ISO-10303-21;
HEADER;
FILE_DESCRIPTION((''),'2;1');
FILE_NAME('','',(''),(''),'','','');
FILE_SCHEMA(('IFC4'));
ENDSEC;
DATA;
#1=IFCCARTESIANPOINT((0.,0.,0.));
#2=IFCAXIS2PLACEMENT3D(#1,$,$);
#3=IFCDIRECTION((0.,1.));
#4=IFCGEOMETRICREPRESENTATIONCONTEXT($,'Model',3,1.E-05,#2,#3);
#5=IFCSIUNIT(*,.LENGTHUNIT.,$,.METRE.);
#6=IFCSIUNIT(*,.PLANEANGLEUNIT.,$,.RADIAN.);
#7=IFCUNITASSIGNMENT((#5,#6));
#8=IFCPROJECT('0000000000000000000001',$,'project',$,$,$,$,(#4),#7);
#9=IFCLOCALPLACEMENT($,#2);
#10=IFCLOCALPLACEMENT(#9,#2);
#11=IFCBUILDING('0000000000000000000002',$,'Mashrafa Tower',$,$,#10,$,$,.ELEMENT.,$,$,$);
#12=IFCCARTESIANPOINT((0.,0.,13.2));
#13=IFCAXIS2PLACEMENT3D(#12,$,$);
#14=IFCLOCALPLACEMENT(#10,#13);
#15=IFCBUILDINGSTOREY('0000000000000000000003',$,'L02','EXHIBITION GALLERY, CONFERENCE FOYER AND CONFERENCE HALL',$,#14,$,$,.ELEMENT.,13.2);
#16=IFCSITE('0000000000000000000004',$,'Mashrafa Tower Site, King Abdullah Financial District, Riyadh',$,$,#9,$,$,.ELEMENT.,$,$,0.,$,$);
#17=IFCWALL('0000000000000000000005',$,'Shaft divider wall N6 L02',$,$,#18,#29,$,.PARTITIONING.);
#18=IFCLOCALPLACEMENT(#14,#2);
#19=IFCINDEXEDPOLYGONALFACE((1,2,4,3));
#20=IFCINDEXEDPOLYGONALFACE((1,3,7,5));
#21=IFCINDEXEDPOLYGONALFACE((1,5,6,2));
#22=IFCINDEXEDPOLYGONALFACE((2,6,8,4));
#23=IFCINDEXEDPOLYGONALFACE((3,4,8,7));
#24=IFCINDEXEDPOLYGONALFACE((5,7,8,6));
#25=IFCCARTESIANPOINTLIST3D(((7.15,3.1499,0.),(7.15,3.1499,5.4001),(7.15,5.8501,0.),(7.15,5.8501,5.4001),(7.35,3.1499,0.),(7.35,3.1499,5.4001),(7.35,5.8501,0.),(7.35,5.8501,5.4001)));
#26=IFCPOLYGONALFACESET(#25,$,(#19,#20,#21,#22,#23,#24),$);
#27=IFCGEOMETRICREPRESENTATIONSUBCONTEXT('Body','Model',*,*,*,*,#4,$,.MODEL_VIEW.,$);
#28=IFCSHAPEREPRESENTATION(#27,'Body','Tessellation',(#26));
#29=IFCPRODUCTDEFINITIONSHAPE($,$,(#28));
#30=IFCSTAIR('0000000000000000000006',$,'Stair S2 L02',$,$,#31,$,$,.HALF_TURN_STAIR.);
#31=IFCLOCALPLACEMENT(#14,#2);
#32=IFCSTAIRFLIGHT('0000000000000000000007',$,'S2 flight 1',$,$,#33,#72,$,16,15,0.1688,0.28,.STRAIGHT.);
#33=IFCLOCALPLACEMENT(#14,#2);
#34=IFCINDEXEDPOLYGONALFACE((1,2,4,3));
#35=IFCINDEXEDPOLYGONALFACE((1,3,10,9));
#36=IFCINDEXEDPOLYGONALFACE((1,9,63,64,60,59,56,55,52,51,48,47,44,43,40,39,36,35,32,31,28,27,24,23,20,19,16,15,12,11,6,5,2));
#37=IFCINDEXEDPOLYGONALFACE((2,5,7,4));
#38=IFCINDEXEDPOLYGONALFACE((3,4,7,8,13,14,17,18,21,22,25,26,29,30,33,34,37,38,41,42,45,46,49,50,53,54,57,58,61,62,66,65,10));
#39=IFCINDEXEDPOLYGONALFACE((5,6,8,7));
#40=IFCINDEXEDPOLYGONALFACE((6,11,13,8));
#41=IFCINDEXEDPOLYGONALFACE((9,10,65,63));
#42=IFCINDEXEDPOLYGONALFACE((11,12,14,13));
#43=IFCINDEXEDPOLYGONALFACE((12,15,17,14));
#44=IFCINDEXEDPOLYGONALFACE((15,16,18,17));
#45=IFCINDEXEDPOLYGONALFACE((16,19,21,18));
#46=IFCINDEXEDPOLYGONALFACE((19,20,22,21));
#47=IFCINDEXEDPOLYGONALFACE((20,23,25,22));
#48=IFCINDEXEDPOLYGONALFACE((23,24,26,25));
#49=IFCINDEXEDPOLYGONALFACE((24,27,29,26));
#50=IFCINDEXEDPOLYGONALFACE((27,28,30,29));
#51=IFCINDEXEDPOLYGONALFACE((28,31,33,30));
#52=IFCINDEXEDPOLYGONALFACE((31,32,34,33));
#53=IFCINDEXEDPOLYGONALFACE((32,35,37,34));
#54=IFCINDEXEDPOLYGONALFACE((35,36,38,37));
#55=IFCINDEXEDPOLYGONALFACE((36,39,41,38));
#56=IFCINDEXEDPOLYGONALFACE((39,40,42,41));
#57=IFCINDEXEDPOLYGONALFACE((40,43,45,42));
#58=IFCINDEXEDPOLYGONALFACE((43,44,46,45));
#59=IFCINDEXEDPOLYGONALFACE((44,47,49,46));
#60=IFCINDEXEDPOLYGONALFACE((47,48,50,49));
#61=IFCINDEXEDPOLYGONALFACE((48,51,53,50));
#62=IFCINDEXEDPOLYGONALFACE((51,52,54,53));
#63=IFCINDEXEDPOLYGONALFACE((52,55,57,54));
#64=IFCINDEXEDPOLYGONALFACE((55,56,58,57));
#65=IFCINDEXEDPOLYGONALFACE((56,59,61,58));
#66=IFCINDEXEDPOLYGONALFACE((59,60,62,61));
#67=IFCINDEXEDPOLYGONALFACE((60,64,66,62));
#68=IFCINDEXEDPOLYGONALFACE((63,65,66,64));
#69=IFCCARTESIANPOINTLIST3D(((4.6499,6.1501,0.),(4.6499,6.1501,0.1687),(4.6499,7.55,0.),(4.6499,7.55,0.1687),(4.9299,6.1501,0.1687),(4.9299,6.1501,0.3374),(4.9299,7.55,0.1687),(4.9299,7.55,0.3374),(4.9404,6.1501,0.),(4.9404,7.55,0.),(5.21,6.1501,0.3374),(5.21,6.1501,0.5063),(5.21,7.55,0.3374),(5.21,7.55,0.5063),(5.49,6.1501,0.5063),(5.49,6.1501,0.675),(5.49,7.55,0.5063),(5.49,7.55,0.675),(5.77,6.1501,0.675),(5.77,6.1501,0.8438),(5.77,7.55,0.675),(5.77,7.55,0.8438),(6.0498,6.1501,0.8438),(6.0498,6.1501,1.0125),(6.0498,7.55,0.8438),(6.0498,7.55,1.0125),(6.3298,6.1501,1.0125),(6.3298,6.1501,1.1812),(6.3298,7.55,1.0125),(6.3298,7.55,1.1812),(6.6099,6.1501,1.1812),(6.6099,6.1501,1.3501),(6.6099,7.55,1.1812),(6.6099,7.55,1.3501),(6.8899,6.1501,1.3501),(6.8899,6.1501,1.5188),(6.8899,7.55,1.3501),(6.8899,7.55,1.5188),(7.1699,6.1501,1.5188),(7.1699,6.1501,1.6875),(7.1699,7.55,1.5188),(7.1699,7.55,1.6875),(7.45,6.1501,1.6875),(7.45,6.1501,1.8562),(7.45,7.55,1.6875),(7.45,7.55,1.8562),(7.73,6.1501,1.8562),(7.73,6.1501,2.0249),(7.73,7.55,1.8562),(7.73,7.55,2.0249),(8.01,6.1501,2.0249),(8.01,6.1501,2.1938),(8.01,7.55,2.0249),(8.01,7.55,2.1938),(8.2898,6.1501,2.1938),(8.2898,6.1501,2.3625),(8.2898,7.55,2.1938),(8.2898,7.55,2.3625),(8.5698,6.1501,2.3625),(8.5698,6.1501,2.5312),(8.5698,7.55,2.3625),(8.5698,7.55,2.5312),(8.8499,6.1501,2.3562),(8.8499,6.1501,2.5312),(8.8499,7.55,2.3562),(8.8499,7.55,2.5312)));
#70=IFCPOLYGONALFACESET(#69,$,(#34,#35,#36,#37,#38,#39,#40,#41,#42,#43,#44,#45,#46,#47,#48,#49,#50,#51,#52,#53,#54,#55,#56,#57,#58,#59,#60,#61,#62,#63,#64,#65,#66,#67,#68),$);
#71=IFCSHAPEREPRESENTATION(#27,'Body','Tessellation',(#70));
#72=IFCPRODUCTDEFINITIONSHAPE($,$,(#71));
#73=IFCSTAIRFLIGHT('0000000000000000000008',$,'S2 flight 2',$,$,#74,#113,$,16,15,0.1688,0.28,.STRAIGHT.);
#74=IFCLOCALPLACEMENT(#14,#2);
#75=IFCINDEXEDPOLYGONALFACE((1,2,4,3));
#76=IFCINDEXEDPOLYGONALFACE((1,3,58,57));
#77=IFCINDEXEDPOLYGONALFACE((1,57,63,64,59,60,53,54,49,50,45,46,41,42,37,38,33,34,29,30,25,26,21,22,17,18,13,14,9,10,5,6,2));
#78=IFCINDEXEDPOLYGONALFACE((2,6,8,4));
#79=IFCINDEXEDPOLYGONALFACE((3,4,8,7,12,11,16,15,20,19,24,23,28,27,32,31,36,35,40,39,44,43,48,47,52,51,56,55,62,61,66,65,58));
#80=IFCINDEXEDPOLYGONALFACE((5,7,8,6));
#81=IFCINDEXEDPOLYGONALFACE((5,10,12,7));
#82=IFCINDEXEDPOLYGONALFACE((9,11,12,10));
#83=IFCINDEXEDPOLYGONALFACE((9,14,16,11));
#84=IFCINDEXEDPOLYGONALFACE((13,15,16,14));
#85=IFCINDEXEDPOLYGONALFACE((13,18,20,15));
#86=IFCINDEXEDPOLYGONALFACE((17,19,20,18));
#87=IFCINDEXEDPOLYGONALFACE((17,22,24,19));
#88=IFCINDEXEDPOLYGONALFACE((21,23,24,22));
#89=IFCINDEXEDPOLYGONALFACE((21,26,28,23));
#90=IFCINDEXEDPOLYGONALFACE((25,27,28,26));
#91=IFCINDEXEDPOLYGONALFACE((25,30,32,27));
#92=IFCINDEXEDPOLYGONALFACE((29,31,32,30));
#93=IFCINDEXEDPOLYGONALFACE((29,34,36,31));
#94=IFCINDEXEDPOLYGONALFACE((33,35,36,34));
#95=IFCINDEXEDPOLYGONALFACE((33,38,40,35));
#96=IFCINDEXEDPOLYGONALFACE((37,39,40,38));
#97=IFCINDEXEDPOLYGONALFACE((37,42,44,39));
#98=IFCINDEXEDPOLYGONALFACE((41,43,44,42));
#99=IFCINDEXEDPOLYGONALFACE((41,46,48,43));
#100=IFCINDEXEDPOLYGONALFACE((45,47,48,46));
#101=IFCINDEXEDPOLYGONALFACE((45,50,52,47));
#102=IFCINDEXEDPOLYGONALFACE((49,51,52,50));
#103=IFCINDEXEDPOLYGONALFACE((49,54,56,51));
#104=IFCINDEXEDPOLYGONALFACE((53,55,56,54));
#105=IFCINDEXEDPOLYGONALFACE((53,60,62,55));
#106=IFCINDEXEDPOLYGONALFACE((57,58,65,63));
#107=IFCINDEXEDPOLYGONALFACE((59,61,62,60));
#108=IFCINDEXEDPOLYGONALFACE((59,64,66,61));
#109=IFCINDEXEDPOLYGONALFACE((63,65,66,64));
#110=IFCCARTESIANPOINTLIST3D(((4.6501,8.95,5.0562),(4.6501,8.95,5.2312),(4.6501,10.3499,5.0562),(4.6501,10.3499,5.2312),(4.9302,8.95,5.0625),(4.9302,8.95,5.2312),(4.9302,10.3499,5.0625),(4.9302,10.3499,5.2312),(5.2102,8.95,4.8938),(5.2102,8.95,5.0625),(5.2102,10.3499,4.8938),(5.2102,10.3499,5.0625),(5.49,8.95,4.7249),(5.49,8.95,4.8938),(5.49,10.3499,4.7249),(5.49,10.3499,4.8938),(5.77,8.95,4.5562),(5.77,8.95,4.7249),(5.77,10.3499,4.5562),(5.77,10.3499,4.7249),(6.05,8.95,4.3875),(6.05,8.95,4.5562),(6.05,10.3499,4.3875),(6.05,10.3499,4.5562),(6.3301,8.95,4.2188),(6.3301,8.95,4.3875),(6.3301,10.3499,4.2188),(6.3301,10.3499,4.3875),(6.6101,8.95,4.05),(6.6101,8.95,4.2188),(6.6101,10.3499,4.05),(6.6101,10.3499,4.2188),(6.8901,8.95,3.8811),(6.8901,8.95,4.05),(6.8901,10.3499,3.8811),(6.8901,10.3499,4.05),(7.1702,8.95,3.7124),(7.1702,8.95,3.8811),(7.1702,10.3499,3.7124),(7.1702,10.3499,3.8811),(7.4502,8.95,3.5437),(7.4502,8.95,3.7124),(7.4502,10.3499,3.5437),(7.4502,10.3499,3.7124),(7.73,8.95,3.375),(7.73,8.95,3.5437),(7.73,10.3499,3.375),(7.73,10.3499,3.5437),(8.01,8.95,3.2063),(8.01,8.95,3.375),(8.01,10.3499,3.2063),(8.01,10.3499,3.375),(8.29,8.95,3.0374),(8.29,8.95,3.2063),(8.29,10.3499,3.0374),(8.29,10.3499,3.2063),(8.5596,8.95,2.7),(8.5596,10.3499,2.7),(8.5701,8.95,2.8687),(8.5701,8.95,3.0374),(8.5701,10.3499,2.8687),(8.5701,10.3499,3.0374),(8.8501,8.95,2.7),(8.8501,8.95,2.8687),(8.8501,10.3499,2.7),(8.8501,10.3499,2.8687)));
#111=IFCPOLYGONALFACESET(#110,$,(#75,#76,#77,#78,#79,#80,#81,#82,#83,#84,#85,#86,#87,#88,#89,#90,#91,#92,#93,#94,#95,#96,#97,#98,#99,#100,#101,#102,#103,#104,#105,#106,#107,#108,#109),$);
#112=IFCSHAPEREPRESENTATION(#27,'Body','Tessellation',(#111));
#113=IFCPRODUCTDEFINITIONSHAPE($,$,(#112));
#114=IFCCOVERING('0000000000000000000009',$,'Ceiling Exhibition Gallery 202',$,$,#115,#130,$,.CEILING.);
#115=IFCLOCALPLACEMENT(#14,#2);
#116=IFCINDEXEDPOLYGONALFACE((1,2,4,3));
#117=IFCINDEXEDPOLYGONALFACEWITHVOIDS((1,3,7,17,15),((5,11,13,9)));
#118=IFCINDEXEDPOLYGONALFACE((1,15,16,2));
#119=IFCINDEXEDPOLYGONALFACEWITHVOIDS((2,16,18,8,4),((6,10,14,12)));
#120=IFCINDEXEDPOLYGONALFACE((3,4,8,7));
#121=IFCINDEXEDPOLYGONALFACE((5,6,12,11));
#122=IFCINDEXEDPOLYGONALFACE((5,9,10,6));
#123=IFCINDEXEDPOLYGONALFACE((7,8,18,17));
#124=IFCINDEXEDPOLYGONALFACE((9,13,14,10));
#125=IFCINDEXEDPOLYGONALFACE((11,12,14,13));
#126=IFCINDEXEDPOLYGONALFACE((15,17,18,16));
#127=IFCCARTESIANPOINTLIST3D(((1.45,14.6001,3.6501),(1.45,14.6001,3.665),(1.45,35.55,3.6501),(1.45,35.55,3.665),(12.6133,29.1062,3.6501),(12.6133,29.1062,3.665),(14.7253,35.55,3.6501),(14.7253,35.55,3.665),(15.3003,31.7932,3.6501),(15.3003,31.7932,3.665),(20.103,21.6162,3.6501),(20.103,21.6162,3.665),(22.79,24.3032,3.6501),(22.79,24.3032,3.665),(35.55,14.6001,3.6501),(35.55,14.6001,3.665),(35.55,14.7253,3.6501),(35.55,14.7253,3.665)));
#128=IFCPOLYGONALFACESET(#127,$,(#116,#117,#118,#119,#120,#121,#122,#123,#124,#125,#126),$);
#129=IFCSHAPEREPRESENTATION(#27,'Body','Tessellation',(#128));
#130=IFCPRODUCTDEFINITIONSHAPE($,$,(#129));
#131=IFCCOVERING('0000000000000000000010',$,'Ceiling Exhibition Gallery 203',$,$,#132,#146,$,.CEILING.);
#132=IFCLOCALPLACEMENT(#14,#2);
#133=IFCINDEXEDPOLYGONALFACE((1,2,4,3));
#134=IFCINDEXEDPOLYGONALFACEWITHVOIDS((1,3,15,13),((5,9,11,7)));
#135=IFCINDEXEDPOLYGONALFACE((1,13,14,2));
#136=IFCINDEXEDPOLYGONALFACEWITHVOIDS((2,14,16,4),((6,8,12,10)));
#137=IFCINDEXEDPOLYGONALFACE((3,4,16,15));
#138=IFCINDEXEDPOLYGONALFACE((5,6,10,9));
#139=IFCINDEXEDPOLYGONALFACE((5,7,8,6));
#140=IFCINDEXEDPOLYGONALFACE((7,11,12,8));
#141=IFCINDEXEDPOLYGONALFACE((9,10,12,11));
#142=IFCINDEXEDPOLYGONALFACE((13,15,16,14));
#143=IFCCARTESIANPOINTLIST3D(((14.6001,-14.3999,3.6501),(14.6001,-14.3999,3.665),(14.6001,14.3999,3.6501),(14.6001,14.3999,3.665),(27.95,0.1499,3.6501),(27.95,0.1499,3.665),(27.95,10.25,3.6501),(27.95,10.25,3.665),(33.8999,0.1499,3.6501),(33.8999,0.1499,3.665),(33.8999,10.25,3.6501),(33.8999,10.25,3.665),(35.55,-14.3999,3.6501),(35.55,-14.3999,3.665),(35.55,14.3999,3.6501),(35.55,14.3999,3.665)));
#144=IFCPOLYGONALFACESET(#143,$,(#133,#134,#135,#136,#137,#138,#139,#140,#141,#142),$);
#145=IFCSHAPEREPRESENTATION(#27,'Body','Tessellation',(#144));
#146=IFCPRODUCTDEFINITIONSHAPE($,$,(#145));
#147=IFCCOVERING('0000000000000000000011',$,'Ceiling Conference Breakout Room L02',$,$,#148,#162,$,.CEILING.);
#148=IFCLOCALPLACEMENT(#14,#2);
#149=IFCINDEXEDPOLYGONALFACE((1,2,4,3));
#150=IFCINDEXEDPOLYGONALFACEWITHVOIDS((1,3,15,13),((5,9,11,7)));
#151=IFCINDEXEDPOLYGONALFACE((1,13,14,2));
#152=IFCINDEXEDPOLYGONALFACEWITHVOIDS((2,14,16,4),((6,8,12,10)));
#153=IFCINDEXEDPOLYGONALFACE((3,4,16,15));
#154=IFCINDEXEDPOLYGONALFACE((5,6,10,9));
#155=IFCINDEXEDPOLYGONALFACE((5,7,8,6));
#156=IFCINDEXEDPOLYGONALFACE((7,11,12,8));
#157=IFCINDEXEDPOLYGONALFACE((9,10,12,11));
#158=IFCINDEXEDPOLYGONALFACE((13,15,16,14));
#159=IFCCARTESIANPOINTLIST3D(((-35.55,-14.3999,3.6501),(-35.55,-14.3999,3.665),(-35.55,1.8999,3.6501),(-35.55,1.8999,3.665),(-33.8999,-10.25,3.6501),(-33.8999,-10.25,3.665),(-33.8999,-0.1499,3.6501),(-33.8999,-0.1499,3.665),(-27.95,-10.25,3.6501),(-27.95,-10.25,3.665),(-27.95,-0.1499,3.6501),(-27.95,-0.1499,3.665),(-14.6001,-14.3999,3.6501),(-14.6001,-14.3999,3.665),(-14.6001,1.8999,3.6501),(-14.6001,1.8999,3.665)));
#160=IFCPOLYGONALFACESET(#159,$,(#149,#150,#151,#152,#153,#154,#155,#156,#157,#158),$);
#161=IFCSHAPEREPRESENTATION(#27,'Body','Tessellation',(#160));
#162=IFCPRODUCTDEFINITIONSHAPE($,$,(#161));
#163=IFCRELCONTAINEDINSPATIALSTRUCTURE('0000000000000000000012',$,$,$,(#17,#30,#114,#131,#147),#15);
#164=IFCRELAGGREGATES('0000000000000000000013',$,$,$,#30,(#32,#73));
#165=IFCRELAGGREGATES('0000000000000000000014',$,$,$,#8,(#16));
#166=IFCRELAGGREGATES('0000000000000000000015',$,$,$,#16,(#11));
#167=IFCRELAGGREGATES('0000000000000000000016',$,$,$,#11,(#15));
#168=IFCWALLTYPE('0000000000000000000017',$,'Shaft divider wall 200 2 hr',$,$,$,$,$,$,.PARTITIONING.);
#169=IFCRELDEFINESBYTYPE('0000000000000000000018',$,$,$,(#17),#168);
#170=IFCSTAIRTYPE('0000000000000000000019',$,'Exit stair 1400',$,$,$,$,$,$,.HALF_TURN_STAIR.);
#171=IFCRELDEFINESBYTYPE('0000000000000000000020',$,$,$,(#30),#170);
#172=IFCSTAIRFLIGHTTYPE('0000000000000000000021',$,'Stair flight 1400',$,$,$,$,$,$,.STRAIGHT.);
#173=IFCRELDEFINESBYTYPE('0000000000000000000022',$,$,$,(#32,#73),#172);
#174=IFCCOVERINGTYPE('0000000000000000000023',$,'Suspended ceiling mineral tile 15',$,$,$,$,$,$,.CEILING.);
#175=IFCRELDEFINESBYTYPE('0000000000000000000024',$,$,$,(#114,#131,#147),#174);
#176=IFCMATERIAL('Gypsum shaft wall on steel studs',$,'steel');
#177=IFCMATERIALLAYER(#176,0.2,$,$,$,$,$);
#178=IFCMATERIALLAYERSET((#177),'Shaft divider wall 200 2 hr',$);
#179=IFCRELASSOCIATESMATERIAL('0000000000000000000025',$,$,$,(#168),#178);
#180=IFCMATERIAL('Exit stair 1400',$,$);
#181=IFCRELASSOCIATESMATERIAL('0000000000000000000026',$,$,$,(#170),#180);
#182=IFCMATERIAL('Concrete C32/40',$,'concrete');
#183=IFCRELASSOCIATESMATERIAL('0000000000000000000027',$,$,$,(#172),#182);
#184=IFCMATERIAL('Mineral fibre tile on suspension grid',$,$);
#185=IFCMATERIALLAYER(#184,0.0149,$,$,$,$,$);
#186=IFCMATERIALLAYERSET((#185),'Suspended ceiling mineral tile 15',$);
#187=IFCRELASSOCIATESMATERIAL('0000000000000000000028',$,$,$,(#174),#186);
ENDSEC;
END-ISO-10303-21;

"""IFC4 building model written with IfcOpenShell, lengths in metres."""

from ifc_helpers import new_model, si_unit, direction, frame, frame_2d, origin, place, context, subcontext, project, spatial, polyline, rectangle, outline, extrude, material, layer, layer_set, type_object, element, aggregate, save


model = new_model("IFC4")

# Units and contexts
model_context = context("Model", 3, precision=1e-05, world=origin(), true_north=direction((0.0, 1.0)))
body_context = subcontext(model_context, "Body", "Model", "MODEL_VIEW")
ifc_project = project(units=[si_unit("LENGTHUNIT", "METRE"), si_unit("PLANEANGLEUNIT", "RADIAN")], contexts=[model_context])

# Site, building, storey
site_placement = place(None, origin())
site = spatial("IfcSite", under=ifc_project, at=site_placement, Name="Mashrafa Tower Site, King Abdullah Financial District, Riyadh", CompositionType="ELEMENT", RefElevation=0.0)
building_placement = place(site_placement, origin())
building = spatial("IfcBuilding", under=site, at=building_placement, Name="Mashrafa Tower", CompositionType="ELEMENT")
storey_placement = place(building_placement, frame((0.0, 0.0, 13.2)))
storey = spatial("IfcBuildingStorey", under=building, at=storey_placement, Name="L02", Description="EXHIBITION GALLERY, CONFERENCE FOYER AND CONFERENCE HALL", CompositionType="ELEMENT", Elevation=13.2)

# Wall
ifc_material_1 = material(Name="Gypsum shaft wall on steel studs", Category="steel")
ifc_layer_1 = layer(ifc_material_1, 0.2)
ifc_layer_set_1 = layer_set([ifc_layer_1], Name="Shaft divider wall 200 2 hr")
wall_type_1 = type_object("IfcWallType", Name="Shaft divider wall 200 2 hr", PredefinedType="PARTITIONING", material=ifc_layer_set_1)
for number, where, z_axis, x_axis, name in (
    (1, (7.25, 3.1499, 0.0), (0.0, 0.0, 1.0), (0.0, 1.0, 0.0), "Shaft divider wall N6 L02"),
):
    element("IfcWall", number, at=place(storey_placement, frame(where, z_axis=z_axis, x_axis=x_axis)), inside=storey, type_object=wall_type_1, Name=name, PredefinedType="PARTITIONING", context=body_context, shape_type="SweptSolid", body=[
        extrude(rectangle(XDim=2.7002, YDim=0.2, at=frame_2d((1.3501, 0.0))), origin(), (0.0, 0.0, 1.0), 5.4001),
    ])

# Stair, stair flights
ifc_material_2 = material(Name="Exit stair 1400")
stair_type = type_object("IfcStairType", Name="Exit stair 1400", PredefinedType="HALF_TURN_STAIR", material=ifc_material_2)
stair_placement = place(storey_placement, origin())
stair = element("IfcStair", 2, at=stair_placement, inside=storey, type_object=stair_type, Name="Stair S2 L02", PredefinedType="HALF_TURN_STAIR")
ifc_material_3 = material(Name="Concrete C32/40", Category="concrete")
stair_flight_type = type_object("IfcStairFlightType", Name="Stair flight 1400", PredefinedType="STRAIGHT", material=ifc_material_3)
stair_flight_1_placement = place(storey_placement, frame((4.6499, 6.8501, 0.0), z_axis=(0.0, 0.0, 1.0), x_axis=(1.0, 0.0, 0.0)))
stair_flight_1 = element("IfcStairFlight", 3, at=stair_flight_1_placement, type_object=stair_flight_type, Name="S2 flight 1", NumberOfRisers=16, NumberOfTreads=15, PredefinedType="STRAIGHT", RiserHeight=0.1688, TreadLength=0.28, context=body_context, shape_type="SweptSolid", body=[
    extrude(outline(polyline([(0.0, 0.0), (0.0, 0.1687), (0.28, 0.1687), (0.28, 0.3374), (0.5601, 0.3374), (0.5601, 0.5063), (0.8401, 0.5063), (0.8401, 0.675), (1.1201, 0.675), (1.1201, 0.8438), (1.3999, 0.8438), (1.3999, 1.0125), (1.6799, 1.0125), (1.6799, 1.1812), (1.96, 1.1812), (1.96, 1.3501), (2.24, 1.3501), (2.24, 1.5188), (2.52, 1.5188), (2.52, 1.6875), (2.8, 1.6875), (2.8, 1.8562), (3.0801, 1.8562), (3.0801, 2.0249), (3.3601, 2.0249), (3.3601, 2.1938), (3.6399, 2.1938), (3.6399, 2.3625), (3.9199, 2.3625), (3.9199, 2.5312), (4.2, 2.5312), (4.2, 2.7), (4.2, 2.3562), (0.2905, 0.0), (0.0, 0.0)])), frame((0.0, 0.7, 0.0), z_axis=(0.0, -1.0, 0.0), x_axis=(1.0, 0.0, 0.0)), (0.0, 0.0, 1.0), 1.3999),
])
stair_flight_2_placement = place(storey_placement, frame((8.8501, 9.6499, 2.7), z_axis=(0.0, 0.0, 1.0), x_axis=(-1.0, 0.0, 0.0)))
stair_flight_2 = element("IfcStairFlight", 4, at=stair_flight_2_placement, type_object=stair_flight_type, Name="S2 flight 2", NumberOfRisers=16, NumberOfTreads=15, PredefinedType="STRAIGHT", RiserHeight=0.1688, TreadLength=0.28, context=body_context, shape_type="SweptSolid", body=[
    extrude(outline(polyline([(0.0, 0.0), (0.0, 0.1687), (0.28, 0.1687), (0.28, 0.3374), (0.5601, 0.3374), (0.5601, 0.5063), (0.8401, 0.5063), (0.8401, 0.675), (1.1201, 0.675), (1.1201, 0.8438), (1.3999, 0.8438), (1.3999, 1.0125), (1.6799, 1.0125), (1.6799, 1.1812), (1.96, 1.1812), (1.96, 1.3501), (2.24, 1.3501), (2.24, 1.5188), (2.52, 1.5188), (2.52, 1.6875), (2.8, 1.6875), (2.8, 1.8562), (3.0801, 1.8562), (3.0801, 2.0249), (3.3601, 2.0249), (3.3601, 2.1938), (3.6399, 2.1938), (3.6399, 2.3625), (3.9199, 2.3625), (3.9199, 2.5312), (4.2, 2.5312), (4.2, 2.7), (4.2, 2.3562), (0.2905, 0.0), (0.0, 0.0)])), frame((0.0, 0.7, 0.0), z_axis=(0.0, -1.0, 0.0), x_axis=(1.0, 0.0, 0.0)), (0.0, 0.0, 1.0), 1.3999),
])
aggregate(stair, [stair_flight_1, stair_flight_2])

# Coverings
ifc_material_4 = material(Name="Mineral fibre tile on suspension grid")
ifc_layer_2 = layer(ifc_material_4, 0.0149)
ifc_layer_set_2 = layer_set([ifc_layer_2], Name="Suspended ceiling mineral tile 15")
covering_type = type_object("IfcCoveringType", Name="Suspended ceiling mineral tile 15", PredefinedType="CEILING", material=ifc_layer_set_2)
covering_1_placement = place(storey_placement, frame((0.0, 0.0, 3.6501)))
element("IfcCovering", 5, at=covering_1_placement, inside=storey, type_object=covering_type, Name="Ceiling Exhibition Gallery 202", PredefinedType="CEILING", context=body_context, shape_type="SweptSolid", body=[
    extrude(outline(polyline([(1.45, 35.55), (14.7253, 35.55), (35.55, 14.7253), (35.55, 14.6001), (1.45, 14.6001), (1.45, 35.55)]), holes=[polyline([(22.79, 24.3032), (15.3003, 31.7932), (12.6133, 29.1062), (20.103, 21.6162), (22.79, 24.3032)])]), origin(), (0.0, 0.0, 1.0), 0.0149),
])
covering_2_placement = place(storey_placement, frame((0.0, 0.0, 3.6501)))
element("IfcCovering", 6, at=covering_2_placement, inside=storey, type_object=covering_type, Name="Ceiling Exhibition Gallery 203", PredefinedType="CEILING", context=body_context, shape_type="SweptSolid", body=[
    extrude(outline(polyline([(14.6001, 14.3999), (35.55, 14.3999), (35.55, -14.3999), (14.6001, -14.3999), (14.6001, 14.3999)]), holes=[polyline([(33.8999, 10.25), (27.95, 10.25), (27.95, 0.1499), (33.8999, 0.1499), (33.8999, 10.25)])]), origin(), (0.0, 0.0, 1.0), 0.0149),
])
covering_3_placement = place(storey_placement, frame((0.0, 0.0, 3.6501)))
element("IfcCovering", 7, at=covering_3_placement, inside=storey, type_object=covering_type, Name="Ceiling Conference Breakout Room L02", PredefinedType="CEILING", context=body_context, shape_type="SweptSolid", body=[
    extrude(outline(polyline([(-14.6001, -14.3999), (-35.55, -14.3999), (-35.55, 1.8999), (-14.6001, 1.8999), (-14.6001, -14.3999)]), holes=[polyline([(-27.95, -0.1499), (-33.8999, -0.1499), (-33.8999, -10.25), (-27.95, -10.25), (-27.95, -0.1499)])]), origin(), (0.0, 0.0, 1.0), 0.0149),
])

save(model, "model.ifc")
